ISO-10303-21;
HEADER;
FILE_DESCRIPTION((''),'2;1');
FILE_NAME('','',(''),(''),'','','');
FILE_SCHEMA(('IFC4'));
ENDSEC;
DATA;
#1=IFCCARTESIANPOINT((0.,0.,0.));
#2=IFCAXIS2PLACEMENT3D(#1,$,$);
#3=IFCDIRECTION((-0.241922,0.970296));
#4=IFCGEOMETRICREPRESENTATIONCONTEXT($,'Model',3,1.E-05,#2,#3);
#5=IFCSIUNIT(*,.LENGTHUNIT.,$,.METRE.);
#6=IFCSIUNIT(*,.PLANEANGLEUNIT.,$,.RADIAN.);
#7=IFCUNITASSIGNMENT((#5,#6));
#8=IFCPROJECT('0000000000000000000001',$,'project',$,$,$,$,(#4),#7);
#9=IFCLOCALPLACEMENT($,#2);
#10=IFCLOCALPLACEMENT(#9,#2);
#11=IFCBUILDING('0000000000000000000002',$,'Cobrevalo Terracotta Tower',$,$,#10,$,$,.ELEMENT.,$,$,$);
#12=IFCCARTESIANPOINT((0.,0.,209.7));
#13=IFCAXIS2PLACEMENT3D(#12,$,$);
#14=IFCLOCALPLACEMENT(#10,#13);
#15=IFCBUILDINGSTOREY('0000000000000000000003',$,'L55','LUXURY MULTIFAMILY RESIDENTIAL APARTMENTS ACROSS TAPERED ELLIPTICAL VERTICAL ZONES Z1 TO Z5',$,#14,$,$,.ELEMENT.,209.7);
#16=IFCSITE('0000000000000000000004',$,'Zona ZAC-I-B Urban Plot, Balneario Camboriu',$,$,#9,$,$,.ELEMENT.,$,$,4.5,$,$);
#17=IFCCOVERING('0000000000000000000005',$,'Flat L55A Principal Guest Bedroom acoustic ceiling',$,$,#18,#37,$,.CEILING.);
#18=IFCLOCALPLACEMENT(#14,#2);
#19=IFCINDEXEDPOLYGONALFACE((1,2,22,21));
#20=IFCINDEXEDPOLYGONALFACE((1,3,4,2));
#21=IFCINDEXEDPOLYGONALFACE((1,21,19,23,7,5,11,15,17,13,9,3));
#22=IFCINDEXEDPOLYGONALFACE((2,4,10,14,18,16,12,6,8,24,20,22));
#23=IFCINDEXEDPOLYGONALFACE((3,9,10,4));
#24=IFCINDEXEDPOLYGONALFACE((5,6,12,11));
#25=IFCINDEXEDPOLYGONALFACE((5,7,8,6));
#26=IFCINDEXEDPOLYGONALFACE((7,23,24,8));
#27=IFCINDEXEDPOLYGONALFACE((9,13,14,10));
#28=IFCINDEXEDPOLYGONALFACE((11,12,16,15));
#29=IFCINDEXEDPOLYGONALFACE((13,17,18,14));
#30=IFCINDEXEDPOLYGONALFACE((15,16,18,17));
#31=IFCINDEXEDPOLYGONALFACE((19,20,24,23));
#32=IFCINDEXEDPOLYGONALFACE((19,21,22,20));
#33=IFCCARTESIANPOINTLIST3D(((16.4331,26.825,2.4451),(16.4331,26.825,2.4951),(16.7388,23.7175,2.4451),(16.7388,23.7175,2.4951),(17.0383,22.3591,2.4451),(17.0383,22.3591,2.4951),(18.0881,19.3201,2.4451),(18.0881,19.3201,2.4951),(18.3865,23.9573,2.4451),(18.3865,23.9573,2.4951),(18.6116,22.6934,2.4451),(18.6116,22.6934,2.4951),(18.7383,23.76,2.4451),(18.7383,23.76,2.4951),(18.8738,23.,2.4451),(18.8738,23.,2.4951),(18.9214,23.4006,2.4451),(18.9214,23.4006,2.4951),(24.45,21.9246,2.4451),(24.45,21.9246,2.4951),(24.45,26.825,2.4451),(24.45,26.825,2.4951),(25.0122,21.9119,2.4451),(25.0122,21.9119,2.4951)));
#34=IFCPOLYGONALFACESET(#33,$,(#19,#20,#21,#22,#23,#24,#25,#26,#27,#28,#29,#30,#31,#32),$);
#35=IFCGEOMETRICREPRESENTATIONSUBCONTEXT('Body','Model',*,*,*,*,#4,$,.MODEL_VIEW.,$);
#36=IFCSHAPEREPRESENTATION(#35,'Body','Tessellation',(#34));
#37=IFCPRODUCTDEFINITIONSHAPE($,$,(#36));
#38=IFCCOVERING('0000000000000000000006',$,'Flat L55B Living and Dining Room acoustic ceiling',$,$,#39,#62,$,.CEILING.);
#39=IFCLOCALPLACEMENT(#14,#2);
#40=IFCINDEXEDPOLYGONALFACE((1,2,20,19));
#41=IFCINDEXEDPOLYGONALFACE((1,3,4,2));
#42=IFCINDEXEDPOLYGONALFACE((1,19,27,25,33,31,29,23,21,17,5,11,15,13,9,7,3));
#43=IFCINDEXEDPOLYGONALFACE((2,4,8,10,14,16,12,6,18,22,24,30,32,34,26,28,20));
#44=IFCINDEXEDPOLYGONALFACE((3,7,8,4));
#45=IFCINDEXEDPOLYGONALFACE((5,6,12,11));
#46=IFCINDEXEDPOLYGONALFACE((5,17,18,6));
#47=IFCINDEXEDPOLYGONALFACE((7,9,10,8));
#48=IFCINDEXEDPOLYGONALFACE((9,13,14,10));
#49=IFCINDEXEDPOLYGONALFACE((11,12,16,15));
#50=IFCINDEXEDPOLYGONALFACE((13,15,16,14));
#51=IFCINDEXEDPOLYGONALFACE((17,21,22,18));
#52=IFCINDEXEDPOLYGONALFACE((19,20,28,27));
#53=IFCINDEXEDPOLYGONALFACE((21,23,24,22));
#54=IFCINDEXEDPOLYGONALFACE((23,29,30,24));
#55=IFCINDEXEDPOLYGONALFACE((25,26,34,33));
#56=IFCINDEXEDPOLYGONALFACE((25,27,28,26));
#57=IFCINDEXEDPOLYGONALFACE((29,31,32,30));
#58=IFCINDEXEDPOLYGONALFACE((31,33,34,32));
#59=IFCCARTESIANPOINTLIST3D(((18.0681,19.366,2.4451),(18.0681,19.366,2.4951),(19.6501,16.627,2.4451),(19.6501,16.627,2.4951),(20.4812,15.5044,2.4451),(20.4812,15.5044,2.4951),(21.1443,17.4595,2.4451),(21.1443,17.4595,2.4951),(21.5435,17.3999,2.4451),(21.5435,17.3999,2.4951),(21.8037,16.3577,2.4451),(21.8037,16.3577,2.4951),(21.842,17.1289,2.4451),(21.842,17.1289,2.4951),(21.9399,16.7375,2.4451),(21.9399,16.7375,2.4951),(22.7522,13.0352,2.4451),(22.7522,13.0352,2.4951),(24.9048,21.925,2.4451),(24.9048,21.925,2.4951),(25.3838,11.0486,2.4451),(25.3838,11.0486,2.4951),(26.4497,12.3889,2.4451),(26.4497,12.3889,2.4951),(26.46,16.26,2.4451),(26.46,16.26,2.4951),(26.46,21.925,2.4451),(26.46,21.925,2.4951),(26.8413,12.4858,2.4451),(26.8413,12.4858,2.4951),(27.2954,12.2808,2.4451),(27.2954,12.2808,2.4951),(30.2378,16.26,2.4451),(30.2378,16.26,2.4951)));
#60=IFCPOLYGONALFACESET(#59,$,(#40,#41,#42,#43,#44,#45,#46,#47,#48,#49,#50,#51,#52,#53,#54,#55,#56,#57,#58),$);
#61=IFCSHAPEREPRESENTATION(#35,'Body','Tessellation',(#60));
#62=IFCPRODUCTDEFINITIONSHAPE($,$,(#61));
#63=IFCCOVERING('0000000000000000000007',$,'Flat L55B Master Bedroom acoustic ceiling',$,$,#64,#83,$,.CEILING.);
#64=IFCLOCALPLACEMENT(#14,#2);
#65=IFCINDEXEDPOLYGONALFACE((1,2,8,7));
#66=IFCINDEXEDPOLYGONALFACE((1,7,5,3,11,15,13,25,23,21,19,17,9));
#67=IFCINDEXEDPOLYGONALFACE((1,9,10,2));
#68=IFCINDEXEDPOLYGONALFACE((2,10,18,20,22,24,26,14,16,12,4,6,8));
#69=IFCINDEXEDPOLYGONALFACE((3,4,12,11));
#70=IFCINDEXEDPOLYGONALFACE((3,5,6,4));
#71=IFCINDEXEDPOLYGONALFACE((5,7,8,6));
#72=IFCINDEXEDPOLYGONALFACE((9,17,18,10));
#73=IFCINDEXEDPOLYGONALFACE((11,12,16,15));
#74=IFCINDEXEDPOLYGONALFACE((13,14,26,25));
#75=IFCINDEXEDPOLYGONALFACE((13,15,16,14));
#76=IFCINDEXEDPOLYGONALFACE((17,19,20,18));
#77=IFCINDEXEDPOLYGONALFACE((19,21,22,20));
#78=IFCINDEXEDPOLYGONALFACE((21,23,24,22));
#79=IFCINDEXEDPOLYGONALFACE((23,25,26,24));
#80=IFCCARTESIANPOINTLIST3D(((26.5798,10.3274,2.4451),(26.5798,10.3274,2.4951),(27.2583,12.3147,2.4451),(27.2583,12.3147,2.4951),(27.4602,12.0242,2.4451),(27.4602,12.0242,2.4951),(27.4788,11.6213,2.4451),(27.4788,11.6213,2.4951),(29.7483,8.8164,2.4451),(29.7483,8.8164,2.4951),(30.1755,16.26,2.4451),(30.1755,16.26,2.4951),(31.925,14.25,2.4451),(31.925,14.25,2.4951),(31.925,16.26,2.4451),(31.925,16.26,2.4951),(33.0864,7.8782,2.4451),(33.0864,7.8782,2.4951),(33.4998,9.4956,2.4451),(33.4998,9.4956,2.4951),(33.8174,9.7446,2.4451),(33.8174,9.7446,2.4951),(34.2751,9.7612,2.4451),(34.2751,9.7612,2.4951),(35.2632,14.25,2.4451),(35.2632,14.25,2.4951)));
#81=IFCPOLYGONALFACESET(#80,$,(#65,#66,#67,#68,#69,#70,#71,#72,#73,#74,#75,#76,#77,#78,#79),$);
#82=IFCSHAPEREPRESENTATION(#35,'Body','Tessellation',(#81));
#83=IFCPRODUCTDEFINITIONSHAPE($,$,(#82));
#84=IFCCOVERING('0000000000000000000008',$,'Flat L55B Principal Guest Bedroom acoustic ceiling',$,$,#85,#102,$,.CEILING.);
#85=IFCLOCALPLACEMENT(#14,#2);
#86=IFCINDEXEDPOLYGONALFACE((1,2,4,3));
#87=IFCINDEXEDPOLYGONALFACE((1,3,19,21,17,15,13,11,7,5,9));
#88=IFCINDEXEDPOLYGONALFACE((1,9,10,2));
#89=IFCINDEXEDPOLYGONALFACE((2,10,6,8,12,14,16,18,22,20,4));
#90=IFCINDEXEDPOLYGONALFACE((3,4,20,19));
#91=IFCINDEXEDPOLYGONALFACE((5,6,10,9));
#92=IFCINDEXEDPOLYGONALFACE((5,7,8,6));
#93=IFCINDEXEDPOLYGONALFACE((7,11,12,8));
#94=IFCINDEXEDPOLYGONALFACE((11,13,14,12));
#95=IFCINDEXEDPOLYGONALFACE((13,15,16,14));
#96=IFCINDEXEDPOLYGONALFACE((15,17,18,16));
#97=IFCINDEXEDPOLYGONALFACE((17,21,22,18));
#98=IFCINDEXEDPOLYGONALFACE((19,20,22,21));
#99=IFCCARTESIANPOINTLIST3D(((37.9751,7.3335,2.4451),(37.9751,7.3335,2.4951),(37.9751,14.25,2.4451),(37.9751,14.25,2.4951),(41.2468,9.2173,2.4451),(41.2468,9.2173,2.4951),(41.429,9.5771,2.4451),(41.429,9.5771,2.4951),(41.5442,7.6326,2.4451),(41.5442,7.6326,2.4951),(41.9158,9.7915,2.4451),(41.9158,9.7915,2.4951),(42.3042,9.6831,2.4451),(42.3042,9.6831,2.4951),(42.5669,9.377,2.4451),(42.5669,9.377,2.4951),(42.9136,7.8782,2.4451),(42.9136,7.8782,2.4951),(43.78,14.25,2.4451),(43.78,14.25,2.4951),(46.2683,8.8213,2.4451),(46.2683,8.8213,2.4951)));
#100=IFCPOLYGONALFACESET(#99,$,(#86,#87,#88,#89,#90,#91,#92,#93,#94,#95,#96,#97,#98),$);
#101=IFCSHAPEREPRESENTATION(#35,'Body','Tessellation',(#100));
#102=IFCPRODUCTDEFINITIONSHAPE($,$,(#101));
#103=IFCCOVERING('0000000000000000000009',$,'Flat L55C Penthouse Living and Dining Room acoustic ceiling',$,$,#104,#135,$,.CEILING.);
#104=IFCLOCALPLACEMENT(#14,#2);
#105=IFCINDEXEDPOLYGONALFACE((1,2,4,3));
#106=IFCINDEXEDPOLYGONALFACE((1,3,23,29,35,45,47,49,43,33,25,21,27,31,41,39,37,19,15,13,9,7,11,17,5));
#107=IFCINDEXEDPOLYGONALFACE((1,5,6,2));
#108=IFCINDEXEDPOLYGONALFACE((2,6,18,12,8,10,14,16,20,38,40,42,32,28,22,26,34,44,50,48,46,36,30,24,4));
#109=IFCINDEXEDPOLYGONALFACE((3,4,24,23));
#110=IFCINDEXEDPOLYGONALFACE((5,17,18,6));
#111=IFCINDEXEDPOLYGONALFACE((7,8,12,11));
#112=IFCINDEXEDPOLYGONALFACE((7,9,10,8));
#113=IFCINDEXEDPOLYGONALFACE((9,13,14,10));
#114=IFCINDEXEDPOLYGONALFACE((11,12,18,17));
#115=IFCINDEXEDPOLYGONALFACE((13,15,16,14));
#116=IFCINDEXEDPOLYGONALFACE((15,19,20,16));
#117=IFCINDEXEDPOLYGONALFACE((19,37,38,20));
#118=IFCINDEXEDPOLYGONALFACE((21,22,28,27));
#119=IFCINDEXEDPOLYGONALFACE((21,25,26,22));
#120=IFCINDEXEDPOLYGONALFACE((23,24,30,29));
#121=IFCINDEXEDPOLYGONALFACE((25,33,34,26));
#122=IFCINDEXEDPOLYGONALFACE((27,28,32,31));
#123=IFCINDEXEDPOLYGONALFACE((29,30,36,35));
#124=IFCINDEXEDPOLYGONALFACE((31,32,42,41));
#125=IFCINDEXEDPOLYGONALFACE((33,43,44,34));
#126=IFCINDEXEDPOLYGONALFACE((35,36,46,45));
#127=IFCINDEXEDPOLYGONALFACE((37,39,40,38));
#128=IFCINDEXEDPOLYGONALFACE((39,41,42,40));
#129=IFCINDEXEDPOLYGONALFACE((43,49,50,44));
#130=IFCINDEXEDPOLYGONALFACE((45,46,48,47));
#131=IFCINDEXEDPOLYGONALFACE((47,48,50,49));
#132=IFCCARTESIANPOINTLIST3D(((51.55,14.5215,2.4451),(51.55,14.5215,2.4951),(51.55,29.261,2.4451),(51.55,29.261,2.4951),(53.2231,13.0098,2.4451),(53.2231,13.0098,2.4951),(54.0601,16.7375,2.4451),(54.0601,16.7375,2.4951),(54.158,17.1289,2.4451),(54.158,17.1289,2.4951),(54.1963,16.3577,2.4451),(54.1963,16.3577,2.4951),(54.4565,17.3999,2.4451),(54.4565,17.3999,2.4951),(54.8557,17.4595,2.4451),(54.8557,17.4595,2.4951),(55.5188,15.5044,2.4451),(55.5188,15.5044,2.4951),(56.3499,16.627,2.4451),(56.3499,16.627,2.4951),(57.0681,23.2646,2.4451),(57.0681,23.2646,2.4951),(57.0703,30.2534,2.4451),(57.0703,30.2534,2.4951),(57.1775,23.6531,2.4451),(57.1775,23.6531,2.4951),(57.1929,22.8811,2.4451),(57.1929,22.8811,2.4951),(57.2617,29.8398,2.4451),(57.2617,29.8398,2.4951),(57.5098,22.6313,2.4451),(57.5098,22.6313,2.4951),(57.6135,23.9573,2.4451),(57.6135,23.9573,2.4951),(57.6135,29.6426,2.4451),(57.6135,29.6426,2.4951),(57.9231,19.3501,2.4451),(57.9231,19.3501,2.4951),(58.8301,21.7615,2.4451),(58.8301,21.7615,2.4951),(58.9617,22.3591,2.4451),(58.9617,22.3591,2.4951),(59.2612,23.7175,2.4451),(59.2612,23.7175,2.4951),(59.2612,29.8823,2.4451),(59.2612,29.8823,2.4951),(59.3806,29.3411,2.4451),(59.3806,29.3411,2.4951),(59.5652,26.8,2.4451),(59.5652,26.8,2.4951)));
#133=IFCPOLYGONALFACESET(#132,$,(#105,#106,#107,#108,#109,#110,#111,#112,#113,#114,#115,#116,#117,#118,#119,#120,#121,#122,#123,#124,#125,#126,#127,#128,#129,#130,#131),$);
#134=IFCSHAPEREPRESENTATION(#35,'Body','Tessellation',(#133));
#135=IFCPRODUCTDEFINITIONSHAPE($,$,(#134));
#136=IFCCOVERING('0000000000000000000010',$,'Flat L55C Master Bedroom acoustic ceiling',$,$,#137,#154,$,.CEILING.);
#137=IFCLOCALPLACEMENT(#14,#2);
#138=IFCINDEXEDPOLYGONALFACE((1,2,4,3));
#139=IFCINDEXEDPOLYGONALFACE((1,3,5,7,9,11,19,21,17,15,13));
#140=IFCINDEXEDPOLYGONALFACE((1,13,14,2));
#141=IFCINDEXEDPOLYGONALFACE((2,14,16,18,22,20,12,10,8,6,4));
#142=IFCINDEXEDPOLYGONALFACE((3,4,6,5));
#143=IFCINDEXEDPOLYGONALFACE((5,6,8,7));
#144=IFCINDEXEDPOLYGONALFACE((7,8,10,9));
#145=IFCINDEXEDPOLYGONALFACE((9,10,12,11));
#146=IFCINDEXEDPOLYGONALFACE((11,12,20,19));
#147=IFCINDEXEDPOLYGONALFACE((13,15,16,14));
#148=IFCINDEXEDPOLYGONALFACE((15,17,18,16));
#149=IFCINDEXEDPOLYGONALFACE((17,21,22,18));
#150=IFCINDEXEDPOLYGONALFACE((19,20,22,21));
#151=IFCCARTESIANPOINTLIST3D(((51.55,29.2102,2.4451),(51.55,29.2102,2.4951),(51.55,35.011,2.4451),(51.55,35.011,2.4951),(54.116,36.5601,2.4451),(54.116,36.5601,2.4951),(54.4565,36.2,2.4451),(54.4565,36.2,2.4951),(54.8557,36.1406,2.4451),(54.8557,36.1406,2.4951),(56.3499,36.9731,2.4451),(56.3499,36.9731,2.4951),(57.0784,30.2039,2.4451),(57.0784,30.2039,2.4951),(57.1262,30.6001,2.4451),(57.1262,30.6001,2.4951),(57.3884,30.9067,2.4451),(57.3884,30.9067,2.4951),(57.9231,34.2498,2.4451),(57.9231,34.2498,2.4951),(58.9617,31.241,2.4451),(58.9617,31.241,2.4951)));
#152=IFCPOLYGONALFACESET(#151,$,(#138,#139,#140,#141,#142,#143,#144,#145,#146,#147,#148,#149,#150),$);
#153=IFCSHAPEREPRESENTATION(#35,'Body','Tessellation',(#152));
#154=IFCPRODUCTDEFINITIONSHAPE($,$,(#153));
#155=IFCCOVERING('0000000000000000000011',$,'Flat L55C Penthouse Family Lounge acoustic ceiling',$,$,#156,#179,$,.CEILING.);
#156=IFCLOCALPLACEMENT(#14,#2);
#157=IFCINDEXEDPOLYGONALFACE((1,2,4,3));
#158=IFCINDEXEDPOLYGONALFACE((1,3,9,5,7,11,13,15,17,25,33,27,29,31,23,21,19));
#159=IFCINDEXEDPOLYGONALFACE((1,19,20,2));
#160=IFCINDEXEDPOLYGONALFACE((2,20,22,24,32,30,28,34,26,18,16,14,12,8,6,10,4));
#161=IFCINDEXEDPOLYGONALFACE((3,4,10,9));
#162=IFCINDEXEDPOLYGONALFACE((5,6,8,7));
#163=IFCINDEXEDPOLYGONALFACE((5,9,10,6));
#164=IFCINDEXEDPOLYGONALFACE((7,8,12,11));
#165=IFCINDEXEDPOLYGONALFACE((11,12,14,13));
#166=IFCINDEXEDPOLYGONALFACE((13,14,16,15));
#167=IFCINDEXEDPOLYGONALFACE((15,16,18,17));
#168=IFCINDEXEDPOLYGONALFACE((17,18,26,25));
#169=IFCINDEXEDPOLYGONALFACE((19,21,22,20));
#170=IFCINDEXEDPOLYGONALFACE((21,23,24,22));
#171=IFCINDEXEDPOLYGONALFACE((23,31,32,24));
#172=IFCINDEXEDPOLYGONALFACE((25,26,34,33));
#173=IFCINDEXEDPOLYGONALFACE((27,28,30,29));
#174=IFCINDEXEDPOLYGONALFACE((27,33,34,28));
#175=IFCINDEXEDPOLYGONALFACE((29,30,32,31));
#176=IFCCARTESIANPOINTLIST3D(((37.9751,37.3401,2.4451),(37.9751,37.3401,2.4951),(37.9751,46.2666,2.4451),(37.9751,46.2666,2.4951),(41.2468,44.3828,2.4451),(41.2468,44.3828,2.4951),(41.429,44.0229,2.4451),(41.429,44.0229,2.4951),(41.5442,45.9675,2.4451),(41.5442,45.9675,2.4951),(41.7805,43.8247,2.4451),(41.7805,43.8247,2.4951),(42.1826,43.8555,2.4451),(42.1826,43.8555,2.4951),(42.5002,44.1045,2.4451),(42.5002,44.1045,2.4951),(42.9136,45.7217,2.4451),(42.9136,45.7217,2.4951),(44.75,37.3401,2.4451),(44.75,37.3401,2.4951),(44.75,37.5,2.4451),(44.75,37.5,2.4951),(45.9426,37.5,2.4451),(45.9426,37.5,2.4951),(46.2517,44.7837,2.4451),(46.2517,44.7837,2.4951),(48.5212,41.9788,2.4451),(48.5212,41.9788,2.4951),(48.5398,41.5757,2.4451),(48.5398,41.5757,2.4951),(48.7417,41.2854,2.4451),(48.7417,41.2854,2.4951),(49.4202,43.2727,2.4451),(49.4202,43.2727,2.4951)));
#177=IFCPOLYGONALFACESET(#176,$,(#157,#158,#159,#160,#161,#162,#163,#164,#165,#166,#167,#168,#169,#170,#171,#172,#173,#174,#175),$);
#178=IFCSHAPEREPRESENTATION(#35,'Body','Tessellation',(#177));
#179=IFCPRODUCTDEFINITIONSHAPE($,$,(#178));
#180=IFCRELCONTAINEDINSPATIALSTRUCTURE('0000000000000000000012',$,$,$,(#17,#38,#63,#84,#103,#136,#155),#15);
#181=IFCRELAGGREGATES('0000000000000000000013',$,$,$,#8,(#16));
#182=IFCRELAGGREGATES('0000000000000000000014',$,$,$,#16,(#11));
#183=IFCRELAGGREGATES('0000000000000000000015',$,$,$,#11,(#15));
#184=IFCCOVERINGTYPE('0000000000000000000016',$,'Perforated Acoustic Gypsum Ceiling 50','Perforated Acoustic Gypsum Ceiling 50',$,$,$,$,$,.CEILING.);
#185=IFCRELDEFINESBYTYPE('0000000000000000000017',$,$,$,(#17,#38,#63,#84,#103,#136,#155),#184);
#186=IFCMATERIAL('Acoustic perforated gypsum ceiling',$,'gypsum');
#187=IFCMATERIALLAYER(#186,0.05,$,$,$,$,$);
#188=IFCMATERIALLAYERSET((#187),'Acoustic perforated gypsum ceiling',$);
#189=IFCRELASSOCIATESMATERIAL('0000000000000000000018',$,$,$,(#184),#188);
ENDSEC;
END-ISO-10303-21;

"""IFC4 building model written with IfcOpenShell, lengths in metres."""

from ifc_helpers import new_model, si_unit, direction, frame, origin, place, context, subcontext, project, spatial, polyline, outline, extrude, material, layer, layer_set, type_object, element, save


model = new_model("IFC4")

# Units and contexts
model_context = context("Model", 3, precision=1e-05, world=origin(), true_north=direction((-0.241922, 0.970296)))
body_context = subcontext(model_context, "Body", "Model", "MODEL_VIEW")
ifc_project = project(units=[si_unit("LENGTHUNIT", "METRE"), si_unit("PLANEANGLEUNIT", "RADIAN")], contexts=[model_context])

# Site, building, storey
site_placement = place(None, origin())
site = spatial("IfcSite", under=ifc_project, at=site_placement, Name="Zona ZAC-I-B Urban Plot, Balneario Camboriu", CompositionType="ELEMENT", RefElevation=4.5)
building_placement = place(site_placement, origin())
building = spatial("IfcBuilding", under=site, at=building_placement, Name="Cobrevalo Terracotta Tower", CompositionType="ELEMENT")
storey_placement = place(building_placement, frame((0.0, 0.0, 209.7)))
storey = spatial("IfcBuildingStorey", under=building, at=storey_placement, Name="L55", Description="LUXURY MULTIFAMILY RESIDENTIAL APARTMENTS ACROSS TAPERED ELLIPTICAL VERTICAL ZONES Z1 TO Z5", CompositionType="ELEMENT", Elevation=209.7)

# Coverings
ifc_material_1 = material(Name="Acoustic perforated gypsum ceiling", Category="gypsum")
ifc_layer_1 = layer(ifc_material_1, 0.05)
ifc_layer_set_1 = layer_set([ifc_layer_1], Name="Acoustic perforated gypsum ceiling")
covering_type_1 = type_object("IfcCoveringType", Name="Perforated Acoustic Gypsum Ceiling 50", Description="Perforated Acoustic Gypsum Ceiling 50", PredefinedType="CEILING", material=ifc_layer_set_1)
covering_1_placement = place(storey_placement, frame((0.0, 0.0, 2.4451)))
element("IfcCovering", 1, at=covering_1_placement, inside=storey, type_object=covering_type_1, Name="Flat L55A Principal Guest Bedroom acoustic ceiling", PredefinedType="CEILING", context=body_context, shape_type="SweptSolid", body=[
    extrude(outline(polyline([(16.4331, 26.825), (24.45, 26.825), (24.45, 21.9246), (25.0122, 21.9119), (18.0881, 19.3201), (17.0383, 22.3591), (18.6116, 22.6934), (18.8738, 23.0), (18.9214, 23.4006), (18.7383, 23.76), (18.3865, 23.9573), (16.7388, 23.7175), (16.4331, 26.825)])), origin(), (0.0, 0.0, 1.0), 0.05),
])
covering_2_placement = place(storey_placement, frame((0.0, 0.0, 2.4451)))
element("IfcCovering", 2, at=covering_2_placement, inside=storey, type_object=covering_type_1, Name="Flat L55B Living and Dining Room acoustic ceiling", PredefinedType="CEILING", context=body_context, shape_type="SweptSolid", body=[
    extrude(outline(polyline([(22.7522, 13.0352), (20.4812, 15.5044), (21.8037, 16.3577), (21.9399, 16.7375), (21.842, 17.1289), (21.5435, 17.3999), (21.1443, 17.4595), (19.6501, 16.627), (18.0681, 19.366), (24.9048, 21.925), (26.46, 21.925), (26.46, 16.26), (30.2378, 16.26), (27.2954, 12.2808), (26.8413, 12.4858), (26.4497, 12.3889), (25.3838, 11.0486), (22.7522, 13.0352)])), origin(), (0.0, 0.0, 1.0), 0.05),
])
covering_3_placement = place(storey_placement, frame((0.0, 0.0, 2.4451)))
element("IfcCovering", 3, at=covering_3_placement, inside=storey, type_object=covering_type_1, Name="Flat L55B Master Bedroom acoustic ceiling", PredefinedType="CEILING", context=body_context, shape_type="SweptSolid", body=[
    extrude(outline(polyline([(29.7483, 8.8164), (26.5798, 10.3274), (27.4788, 11.6213), (27.4602, 12.0242), (27.2583, 12.3147), (30.1755, 16.26), (31.925, 16.26), (31.925, 14.25), (35.2632, 14.25), (34.2751, 9.7612), (33.8174, 9.7446), (33.4998, 9.4956), (33.0864, 7.8782), (29.7483, 8.8164)])), origin(), (0.0, 0.0, 1.0), 0.05),
])
covering_4_placement = place(storey_placement, frame((0.0, 0.0, 2.4451)))
element("IfcCovering", 4, at=covering_4_placement, inside=storey, type_object=covering_type_1, Name="Flat L55B Principal Guest Bedroom acoustic ceiling", PredefinedType="CEILING", context=body_context, shape_type="SweptSolid", body=[
    extrude(outline(polyline([(42.9136, 7.8782), (42.5669, 9.377), (42.3042, 9.6831), (41.9158, 9.7915), (41.429, 9.5771), (41.2468, 9.2173), (41.5442, 7.6326), (37.9751, 7.3335), (37.9751, 14.25), (43.78, 14.25), (46.2683, 8.8213), (42.9136, 7.8782)])), origin(), (0.0, 0.0, 1.0), 0.05),
])
covering_5_placement = place(storey_placement, frame((0.0, 0.0, 2.4451)))
element("IfcCovering", 5, at=covering_5_placement, inside=storey, type_object=covering_type_1, Name="Flat L55C Penthouse Living and Dining Room acoustic ceiling", PredefinedType="CEILING", context=body_context, shape_type="SweptSolid", body=[
    extrude(outline(polyline([(57.0703, 30.2534), (57.2617, 29.8398), (57.6135, 29.6426), (59.2612, 29.8823), (59.3806, 29.3411), (59.5652, 26.8), (59.2612, 23.7175), (57.6135, 23.9573), (57.1775, 23.6531), (57.0681, 23.2646), (57.1929, 22.8811), (57.5098, 22.6313), (58.9617, 22.3591), (58.8301, 21.7615), (57.9231, 19.3501), (56.3499, 16.627), (54.8557, 17.4595), (54.4565, 17.3999), (54.158, 17.1289), (54.0601, 16.7375), (54.1963, 16.3577), (55.5188, 15.5044), (53.2231, 13.0098), (51.55, 14.5215), (51.55, 29.261), (57.0703, 30.2534)])), origin(), (0.0, 0.0, 1.0), 0.05),
])
covering_6_placement = place(storey_placement, frame((0.0, 0.0, 2.4451)))
element("IfcCovering", 6, at=covering_6_placement, inside=storey, type_object=covering_type_1, Name="Flat L55C Master Bedroom acoustic ceiling", PredefinedType="CEILING", context=body_context, shape_type="SweptSolid", body=[
    extrude(outline(polyline([(54.116, 36.5601), (54.4565, 36.2), (54.8557, 36.1406), (56.3499, 36.9731), (57.9231, 34.2498), (58.9617, 31.241), (57.3884, 30.9067), (57.1262, 30.6001), (57.0784, 30.2039), (51.55, 29.2102), (51.55, 35.011), (54.116, 36.5601)])), origin(), (0.0, 0.0, 1.0), 0.05),
])
covering_7_placement = place(storey_placement, frame((0.0, 0.0, 2.4451)))
element("IfcCovering", 7, at=covering_7_placement, inside=storey, type_object=covering_type_1, Name="Flat L55C Penthouse Family Lounge acoustic ceiling", PredefinedType="CEILING", context=body_context, shape_type="SweptSolid", body=[
    extrude(outline(polyline([(44.75, 37.3401), (37.9751, 37.3401), (37.9751, 46.2666), (41.5442, 45.9675), (41.2468, 44.3828), (41.429, 44.0229), (41.7805, 43.8247), (42.1826, 43.8555), (42.5002, 44.1045), (42.9136, 45.7217), (46.2517, 44.7837), (49.4202, 43.2727), (48.5212, 41.9788), (48.5398, 41.5757), (48.7417, 41.2854), (45.9426, 37.5), (44.75, 37.5), (44.75, 37.3401)])), origin(), (0.0, 0.0, 1.0), 0.05),
])

save(model, "model.ifc")
